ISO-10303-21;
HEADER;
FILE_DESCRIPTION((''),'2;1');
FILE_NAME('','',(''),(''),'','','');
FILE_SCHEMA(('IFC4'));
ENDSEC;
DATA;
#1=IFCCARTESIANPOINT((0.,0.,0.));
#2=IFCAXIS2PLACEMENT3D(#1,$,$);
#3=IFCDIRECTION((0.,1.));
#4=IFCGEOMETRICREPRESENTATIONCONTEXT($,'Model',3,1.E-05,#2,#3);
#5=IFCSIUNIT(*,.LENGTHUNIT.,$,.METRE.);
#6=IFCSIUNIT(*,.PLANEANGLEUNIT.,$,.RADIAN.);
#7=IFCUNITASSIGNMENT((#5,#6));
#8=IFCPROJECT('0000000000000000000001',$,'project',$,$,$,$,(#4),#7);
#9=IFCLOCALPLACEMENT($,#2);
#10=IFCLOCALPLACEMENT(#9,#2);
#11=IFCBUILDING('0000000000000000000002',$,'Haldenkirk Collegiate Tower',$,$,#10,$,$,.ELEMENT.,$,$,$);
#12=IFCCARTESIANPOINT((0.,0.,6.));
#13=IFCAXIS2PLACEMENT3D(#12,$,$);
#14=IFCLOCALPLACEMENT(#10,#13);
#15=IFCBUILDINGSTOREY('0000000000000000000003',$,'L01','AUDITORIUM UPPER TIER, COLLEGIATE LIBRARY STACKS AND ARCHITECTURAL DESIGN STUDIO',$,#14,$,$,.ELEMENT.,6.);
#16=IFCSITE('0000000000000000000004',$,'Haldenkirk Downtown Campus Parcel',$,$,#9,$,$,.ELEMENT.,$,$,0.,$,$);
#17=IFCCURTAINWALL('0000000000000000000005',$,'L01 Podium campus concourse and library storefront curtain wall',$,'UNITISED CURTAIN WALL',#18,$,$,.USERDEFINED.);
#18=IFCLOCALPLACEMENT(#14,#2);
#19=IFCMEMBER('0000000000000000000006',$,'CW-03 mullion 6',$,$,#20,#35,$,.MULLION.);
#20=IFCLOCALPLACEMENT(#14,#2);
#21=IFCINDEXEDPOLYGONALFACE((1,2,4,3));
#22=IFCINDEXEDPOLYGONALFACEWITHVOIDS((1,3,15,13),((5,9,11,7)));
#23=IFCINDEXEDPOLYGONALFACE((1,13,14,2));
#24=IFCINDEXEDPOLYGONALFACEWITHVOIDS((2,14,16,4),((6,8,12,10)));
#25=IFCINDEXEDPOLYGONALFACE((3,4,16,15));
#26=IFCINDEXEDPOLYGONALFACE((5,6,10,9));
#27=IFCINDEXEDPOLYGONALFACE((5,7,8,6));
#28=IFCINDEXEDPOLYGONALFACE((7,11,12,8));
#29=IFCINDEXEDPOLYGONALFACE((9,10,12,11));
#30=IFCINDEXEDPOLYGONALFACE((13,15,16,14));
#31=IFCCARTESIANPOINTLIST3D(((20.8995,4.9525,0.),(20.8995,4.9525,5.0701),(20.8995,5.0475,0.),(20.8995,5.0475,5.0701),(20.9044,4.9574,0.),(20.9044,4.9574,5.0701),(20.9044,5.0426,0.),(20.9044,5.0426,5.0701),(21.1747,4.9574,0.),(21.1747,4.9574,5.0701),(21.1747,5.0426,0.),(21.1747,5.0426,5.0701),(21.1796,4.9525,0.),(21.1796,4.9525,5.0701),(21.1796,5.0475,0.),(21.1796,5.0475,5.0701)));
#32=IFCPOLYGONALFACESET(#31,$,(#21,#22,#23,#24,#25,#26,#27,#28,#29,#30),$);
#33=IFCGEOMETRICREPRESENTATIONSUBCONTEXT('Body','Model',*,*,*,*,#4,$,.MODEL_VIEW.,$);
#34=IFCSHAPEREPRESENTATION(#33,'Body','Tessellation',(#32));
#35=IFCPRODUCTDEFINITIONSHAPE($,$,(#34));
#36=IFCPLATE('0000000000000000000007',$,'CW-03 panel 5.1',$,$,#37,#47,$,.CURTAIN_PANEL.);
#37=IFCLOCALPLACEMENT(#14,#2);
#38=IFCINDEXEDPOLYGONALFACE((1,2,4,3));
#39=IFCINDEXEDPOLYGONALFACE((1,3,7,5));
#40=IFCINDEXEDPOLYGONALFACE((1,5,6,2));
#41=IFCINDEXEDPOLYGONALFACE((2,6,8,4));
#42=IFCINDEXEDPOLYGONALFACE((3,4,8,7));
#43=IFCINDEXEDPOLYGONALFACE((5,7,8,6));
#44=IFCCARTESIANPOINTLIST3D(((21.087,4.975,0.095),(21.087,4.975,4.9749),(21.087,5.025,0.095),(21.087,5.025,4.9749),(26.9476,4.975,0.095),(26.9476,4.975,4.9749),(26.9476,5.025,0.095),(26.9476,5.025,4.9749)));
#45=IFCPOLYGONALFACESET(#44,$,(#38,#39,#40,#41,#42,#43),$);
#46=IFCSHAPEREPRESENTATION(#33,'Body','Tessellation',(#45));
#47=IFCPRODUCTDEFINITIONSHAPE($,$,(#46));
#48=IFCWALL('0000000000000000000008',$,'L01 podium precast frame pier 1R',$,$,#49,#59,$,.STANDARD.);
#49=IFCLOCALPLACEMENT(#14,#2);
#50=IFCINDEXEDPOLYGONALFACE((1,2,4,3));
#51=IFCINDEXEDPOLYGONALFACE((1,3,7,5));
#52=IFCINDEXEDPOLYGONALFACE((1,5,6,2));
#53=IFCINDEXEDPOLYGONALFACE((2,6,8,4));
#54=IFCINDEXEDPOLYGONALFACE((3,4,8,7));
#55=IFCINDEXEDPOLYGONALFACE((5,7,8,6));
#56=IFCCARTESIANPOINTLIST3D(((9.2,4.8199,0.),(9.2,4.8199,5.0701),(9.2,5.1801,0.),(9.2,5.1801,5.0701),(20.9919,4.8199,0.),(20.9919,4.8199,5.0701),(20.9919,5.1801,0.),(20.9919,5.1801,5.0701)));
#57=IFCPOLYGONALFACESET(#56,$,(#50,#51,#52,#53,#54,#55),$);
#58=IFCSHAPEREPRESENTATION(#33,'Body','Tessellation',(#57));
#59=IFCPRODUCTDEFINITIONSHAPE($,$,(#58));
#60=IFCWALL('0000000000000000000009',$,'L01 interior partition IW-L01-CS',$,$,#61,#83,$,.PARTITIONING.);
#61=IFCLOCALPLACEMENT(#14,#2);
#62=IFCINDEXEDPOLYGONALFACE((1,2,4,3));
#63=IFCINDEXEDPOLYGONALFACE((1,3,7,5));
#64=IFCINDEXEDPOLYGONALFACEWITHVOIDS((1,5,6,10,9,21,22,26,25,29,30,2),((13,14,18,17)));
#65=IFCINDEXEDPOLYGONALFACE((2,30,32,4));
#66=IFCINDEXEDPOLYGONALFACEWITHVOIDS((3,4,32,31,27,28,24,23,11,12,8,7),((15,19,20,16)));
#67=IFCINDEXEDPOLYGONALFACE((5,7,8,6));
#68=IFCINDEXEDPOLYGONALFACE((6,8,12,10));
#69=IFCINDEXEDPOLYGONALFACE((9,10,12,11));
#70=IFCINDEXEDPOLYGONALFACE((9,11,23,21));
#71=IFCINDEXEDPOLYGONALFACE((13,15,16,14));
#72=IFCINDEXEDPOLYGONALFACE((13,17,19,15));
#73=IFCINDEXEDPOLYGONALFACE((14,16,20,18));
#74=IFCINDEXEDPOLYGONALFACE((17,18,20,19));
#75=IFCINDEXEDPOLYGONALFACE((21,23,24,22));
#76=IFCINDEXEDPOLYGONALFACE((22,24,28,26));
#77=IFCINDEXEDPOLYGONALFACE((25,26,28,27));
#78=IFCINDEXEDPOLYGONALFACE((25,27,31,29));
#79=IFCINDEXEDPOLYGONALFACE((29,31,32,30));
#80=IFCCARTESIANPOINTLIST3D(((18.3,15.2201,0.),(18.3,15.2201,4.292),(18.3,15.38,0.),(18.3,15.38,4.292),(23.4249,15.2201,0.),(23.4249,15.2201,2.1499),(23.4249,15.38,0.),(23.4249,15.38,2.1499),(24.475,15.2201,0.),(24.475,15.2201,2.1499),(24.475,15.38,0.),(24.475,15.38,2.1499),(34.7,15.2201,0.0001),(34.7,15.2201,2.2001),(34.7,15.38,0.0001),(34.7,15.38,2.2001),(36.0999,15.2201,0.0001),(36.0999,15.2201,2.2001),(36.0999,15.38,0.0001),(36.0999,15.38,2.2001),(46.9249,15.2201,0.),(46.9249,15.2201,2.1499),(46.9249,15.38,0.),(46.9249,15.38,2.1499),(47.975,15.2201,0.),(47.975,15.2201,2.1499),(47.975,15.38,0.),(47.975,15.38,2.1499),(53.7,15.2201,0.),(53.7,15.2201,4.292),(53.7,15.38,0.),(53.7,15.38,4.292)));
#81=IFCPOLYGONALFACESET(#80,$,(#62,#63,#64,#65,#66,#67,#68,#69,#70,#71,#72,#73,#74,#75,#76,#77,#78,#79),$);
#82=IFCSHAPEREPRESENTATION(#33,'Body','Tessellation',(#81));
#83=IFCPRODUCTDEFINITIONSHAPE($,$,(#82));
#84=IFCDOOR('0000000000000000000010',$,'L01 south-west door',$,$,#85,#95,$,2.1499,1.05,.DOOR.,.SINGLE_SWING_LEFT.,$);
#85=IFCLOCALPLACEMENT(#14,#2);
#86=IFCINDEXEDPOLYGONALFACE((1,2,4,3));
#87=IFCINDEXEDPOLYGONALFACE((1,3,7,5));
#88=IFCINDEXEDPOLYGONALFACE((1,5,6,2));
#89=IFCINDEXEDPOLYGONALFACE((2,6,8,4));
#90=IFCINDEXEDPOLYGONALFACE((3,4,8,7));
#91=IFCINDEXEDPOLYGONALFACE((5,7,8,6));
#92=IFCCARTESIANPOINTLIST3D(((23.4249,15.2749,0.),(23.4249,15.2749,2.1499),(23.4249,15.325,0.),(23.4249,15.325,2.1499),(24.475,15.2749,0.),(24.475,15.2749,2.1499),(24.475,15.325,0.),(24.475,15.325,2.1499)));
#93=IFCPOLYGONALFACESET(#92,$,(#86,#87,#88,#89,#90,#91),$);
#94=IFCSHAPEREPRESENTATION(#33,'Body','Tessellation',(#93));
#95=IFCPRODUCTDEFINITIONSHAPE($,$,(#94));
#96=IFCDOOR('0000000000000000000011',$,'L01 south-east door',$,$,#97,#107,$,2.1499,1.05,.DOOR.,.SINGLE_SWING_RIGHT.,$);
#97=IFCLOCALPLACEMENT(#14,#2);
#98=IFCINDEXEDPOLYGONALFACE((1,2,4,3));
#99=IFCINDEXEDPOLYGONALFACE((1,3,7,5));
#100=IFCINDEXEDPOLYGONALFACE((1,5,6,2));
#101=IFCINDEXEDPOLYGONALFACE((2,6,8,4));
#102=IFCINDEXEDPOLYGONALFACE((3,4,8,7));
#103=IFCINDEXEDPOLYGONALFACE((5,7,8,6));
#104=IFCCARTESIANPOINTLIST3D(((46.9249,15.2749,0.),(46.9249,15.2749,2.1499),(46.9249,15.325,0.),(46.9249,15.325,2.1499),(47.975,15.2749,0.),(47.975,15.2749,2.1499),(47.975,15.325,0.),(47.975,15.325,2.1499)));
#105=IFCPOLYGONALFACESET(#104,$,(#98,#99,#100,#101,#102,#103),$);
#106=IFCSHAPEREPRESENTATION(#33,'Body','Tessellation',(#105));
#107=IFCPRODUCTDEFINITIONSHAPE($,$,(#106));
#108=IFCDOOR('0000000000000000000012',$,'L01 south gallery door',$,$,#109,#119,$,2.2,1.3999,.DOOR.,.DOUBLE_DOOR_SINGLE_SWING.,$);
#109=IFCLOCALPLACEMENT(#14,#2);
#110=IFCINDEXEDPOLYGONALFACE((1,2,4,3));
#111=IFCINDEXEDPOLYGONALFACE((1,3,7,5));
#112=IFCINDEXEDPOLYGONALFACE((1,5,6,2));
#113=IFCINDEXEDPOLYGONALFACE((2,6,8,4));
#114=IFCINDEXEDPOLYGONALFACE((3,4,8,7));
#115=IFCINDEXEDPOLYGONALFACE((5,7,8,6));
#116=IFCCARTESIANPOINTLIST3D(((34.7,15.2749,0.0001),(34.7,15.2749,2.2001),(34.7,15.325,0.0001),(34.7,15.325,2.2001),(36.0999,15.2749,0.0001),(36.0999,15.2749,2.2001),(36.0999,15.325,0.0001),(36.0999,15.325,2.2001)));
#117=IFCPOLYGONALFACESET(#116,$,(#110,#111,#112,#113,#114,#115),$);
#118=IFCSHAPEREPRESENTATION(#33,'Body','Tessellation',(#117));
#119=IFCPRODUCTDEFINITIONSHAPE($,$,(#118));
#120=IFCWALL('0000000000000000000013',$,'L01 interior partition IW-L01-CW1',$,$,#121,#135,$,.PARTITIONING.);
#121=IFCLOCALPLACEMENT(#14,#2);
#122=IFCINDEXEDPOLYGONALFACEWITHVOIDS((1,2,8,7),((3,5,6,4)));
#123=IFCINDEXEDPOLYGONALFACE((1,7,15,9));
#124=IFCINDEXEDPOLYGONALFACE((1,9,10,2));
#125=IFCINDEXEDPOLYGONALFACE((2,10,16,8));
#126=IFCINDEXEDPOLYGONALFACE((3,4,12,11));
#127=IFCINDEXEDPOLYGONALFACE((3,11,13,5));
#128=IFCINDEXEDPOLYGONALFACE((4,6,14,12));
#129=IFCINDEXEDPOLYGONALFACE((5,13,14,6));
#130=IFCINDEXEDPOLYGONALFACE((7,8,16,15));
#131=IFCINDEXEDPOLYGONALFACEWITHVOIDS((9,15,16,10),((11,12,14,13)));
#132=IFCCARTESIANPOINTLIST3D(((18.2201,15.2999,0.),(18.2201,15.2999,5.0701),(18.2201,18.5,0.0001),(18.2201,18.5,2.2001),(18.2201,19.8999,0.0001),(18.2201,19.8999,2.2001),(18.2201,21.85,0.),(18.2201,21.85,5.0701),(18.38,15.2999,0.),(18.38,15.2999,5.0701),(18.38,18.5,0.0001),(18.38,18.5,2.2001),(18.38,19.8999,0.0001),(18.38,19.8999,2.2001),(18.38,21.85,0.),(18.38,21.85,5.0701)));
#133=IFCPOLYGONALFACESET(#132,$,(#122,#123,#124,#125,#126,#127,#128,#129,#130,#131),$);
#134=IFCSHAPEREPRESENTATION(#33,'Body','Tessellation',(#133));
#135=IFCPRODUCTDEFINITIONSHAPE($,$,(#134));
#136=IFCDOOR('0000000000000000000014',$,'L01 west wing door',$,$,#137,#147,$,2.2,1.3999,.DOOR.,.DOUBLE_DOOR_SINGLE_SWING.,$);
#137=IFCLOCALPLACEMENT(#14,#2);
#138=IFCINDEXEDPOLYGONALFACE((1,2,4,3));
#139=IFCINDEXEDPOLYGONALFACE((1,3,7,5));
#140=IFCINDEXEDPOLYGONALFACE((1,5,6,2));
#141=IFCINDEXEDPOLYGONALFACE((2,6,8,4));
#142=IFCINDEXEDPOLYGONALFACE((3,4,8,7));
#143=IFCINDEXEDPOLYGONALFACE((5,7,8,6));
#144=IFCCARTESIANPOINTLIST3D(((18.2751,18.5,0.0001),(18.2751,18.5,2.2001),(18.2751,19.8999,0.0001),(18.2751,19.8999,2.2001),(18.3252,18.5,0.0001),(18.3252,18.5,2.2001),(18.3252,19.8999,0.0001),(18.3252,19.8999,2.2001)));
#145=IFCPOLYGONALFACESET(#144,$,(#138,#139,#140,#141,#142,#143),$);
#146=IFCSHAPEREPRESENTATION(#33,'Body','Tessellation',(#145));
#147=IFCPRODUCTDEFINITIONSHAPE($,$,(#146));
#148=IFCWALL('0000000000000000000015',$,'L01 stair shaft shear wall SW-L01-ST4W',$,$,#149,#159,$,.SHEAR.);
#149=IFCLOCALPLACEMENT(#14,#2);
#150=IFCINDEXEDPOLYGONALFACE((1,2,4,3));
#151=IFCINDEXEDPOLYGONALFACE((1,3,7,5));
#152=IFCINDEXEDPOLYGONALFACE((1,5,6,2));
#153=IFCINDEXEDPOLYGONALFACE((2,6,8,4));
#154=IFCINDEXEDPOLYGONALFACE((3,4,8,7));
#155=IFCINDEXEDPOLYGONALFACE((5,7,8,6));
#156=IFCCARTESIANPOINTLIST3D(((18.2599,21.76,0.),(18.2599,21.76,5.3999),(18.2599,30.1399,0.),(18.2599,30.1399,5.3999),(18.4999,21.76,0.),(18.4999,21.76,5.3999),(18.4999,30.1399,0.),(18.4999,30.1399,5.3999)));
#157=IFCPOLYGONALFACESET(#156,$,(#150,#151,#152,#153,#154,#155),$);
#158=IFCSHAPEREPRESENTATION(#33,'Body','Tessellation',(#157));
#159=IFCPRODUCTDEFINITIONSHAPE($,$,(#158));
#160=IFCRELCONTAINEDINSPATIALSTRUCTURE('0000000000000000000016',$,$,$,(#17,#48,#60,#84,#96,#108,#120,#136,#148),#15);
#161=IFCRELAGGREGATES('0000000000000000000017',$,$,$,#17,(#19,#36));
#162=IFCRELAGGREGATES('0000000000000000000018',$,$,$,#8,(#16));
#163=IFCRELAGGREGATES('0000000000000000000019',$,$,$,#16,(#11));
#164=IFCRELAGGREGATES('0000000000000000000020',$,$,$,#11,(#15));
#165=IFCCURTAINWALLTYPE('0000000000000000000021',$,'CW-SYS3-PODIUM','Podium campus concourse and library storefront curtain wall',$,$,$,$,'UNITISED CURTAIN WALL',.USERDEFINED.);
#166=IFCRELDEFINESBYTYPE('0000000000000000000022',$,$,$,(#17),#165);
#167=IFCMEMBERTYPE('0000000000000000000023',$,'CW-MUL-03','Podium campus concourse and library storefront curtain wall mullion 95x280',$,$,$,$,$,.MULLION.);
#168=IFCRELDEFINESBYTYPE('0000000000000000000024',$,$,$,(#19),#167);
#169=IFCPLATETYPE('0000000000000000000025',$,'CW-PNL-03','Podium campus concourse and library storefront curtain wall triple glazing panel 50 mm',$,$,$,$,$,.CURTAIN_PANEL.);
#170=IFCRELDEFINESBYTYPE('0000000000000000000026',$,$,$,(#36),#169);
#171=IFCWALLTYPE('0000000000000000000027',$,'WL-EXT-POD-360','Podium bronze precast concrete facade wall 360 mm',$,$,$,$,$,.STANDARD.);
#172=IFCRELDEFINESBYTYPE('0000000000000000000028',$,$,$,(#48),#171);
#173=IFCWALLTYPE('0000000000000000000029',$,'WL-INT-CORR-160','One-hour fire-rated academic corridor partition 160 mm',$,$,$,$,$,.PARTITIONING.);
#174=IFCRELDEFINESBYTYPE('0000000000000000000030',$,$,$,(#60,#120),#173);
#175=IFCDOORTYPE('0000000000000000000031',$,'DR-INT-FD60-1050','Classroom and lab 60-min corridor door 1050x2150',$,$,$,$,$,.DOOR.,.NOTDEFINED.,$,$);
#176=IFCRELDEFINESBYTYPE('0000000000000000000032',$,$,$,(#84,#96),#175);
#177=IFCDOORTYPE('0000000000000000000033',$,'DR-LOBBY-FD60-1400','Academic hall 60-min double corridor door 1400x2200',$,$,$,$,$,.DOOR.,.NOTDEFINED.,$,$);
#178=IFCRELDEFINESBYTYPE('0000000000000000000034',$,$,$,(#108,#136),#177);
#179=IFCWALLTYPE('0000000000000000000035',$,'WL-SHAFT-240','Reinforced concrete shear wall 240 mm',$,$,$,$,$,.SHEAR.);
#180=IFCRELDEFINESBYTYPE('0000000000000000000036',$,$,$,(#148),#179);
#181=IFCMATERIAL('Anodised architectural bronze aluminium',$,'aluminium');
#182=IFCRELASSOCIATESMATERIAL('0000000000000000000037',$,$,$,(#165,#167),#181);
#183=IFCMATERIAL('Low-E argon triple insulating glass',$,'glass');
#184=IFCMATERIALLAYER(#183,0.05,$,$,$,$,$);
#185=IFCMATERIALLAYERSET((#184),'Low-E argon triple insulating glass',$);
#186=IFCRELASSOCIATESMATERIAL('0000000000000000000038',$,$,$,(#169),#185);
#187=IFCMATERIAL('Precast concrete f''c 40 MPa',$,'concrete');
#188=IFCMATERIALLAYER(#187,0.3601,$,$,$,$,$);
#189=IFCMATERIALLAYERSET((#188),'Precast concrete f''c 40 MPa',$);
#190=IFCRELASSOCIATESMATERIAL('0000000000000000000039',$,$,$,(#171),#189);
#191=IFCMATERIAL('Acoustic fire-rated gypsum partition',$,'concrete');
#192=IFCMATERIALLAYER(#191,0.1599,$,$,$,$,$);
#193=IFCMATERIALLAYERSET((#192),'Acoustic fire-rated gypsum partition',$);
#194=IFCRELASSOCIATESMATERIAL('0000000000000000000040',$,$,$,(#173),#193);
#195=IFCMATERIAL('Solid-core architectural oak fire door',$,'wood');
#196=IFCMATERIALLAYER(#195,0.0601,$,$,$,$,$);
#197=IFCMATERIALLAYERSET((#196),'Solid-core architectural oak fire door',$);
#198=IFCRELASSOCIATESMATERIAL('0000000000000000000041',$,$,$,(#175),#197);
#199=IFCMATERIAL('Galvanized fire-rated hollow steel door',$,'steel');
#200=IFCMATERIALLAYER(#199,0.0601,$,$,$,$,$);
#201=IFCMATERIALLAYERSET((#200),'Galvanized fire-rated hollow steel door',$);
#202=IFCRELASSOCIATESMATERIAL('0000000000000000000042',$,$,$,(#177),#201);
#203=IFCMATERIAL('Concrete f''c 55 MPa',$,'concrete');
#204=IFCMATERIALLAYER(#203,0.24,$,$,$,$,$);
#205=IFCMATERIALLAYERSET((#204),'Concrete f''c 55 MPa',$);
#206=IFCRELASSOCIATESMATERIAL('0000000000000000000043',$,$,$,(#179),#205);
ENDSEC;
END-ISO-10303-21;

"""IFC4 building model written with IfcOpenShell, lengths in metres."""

from ifc_helpers import new_model, si_unit, direction, frame, frame_2d, origin, origin_2d, place, context, subcontext, project, spatial, rectangle, hollow_rectangle, extrude, source, transform, mapped, material, layer, layer_set, material_profile, profile_set, type_object, element, fill, aggregate, save


model = new_model("IFC4")

# Units and contexts
model_context = context("Model", 3, precision=1e-05, world=origin(), true_north=direction((0.0, 1.0)))
body_context = subcontext(model_context, "Body", "Model", "MODEL_VIEW")
ifc_project = project(units=[si_unit("LENGTHUNIT", "METRE"), si_unit("PLANEANGLEUNIT", "RADIAN")], contexts=[model_context])

# Site, building, storey
site_placement = place(None, origin())
site = spatial("IfcSite", under=ifc_project, at=site_placement, Name="Haldenkirk Downtown Campus Parcel", CompositionType="ELEMENT", RefElevation=0.0)
building_placement = place(site_placement, origin())
building = spatial("IfcBuilding", under=site, at=building_placement, Name="Haldenkirk Collegiate Tower", CompositionType="ELEMENT")
storey_placement = place(building_placement, frame((0.0, 0.0, 6.0)))
storey = spatial("IfcBuildingStorey", under=building, at=storey_placement, Name="L01", Description="AUDITORIUM UPPER TIER, COLLEGIATE LIBRARY STACKS AND ARCHITECTURAL DESIGN STUDIO", CompositionType="ELEMENT", Elevation=6.0)

# Curtain wall, member, plate
ifc_material_1 = material(Name="Anodised architectural bronze aluminium", Category="aluminium")
curtain_wall_type = type_object("IfcCurtainWallType", Name="CW-SYS3-PODIUM", Description="Podium campus concourse and library storefront curtain wall", ElementType="UNITISED CURTAIN WALL", PredefinedType="USERDEFINED", material=ifc_material_1)
curtain_wall_placement = place(storey_placement, origin())
curtain_wall = element("IfcCurtainWall", 1, at=curtain_wall_placement, inside=storey, type_object=curtain_wall_type, Name="L01 Podium campus concourse and library storefront curtain wall", ObjectType="UNITISED CURTAIN WALL", PredefinedType="USERDEFINED")
ifc_material_profile_1 = material_profile(ifc_material_1, hollow_rectangle(XDim=0.095, YDim=0.28, WallThickness=0.0049, at=origin_2d()), Name="CW-MUL-03")
ifc_profile_set_1 = profile_set([ifc_material_profile_1], Name="Anodised architectural bronze aluminium")
member_type = type_object("IfcMemberType", Name="CW-MUL-03", Description="Podium campus concourse and library storefront curtain wall mullion 95x280", PredefinedType="MULLION", material=ifc_profile_set_1)
member_placement = place(storey_placement, frame((21.0396, 5.0, 0.0), z_axis=(0.0, 0.0, 1.0), x_axis=(0.0, -1.0, 0.0)))
member = element("IfcMember", 2, at=member_placement, type_object=member_type, Name="CW-03 mullion 6", PredefinedType="MULLION", context=body_context, shape_type="SweptSolid", body=[
    extrude(hollow_rectangle(XDim=0.095, YDim=0.28, WallThickness=0.0049, at=origin_2d()), origin(), (0.0, 0.0, 1.0), 5.0701),
])
ifc_material_2 = material(Name="Low-E argon triple insulating glass", Category="glass")
ifc_layer_1 = layer(ifc_material_2, 0.05)
ifc_layer_set_1 = layer_set([ifc_layer_1], Name="Low-E argon triple insulating glass")
plate_type = type_object("IfcPlateType", Name="CW-PNL-03", Description="Podium campus concourse and library storefront curtain wall triple glazing panel 50 mm", PredefinedType="CURTAIN_PANEL", material=ifc_layer_set_1)
shared_shape_1 = source(origin(), body_context, "Body", "SweptSolid", [
    extrude(rectangle(XDim=5.8606, YDim=0.05, at=origin_2d()), origin(), (0.0, 0.0, 1.0), 4.8799),
])
plate_placement = place(storey_placement, frame((24.0173, 5.0, 0.095), z_axis=(0.0, 0.0, 1.0), x_axis=(-1.0, 0.0, 0.0)))
plate = element("IfcPlate", 3, at=plate_placement, type_object=plate_type, Name="CW-03 panel 5.1", PredefinedType="CURTAIN_PANEL", context=body_context, shape_type="MappedRepresentation", body=[
    mapped(shared_shape_1, transform((0.0, 0.0, 0.0), x_axis=(1.0, 0.0, 0.0), y_axis=(0.0, 1.0, 0.0), z_axis=(0.0, 0.0, 1.0), scale=1.0)),
])
aggregate(curtain_wall, [member, plate])

# Shared definitions
ifc_material_3 = material(Name="Galvanized fire-rated hollow steel door", Category="steel")

# Wall
ifc_material_4 = material(Name="Precast concrete f'c 40 MPa", Category="concrete")
ifc_layer_2 = layer(ifc_material_4, 0.3601)
ifc_layer_set_2 = layer_set([ifc_layer_2], Name="Precast concrete f'c 40 MPa")
wall_type_1 = type_object("IfcWallType", Name="WL-EXT-POD-360", Description="Podium bronze precast concrete facade wall 360 mm", PredefinedType="STANDARD", material=ifc_layer_set_2)
wall_1_placement = place(storey_placement, frame((20.9919, 5.0, 0.0), z_axis=(0.0, 0.0, 1.0), x_axis=(-1.0, 0.0, 0.0)))
element("IfcWall", 4, at=wall_1_placement, inside=storey, type_object=wall_type_1, Name="L01 podium precast frame pier 1R", PredefinedType="STANDARD", context=body_context, shape_type="SweptSolid", body=[
    extrude(rectangle(XDim=11.792, YDim=0.3601, at=frame_2d((5.896, 0.0))), origin(), (0.0, 0.0, 1.0), 5.0701),
])

# Wall, openings, doors
ifc_material_5 = material(Name="Acoustic fire-rated gypsum partition", Category="concrete")
ifc_layer_3 = layer(ifc_material_5, 0.1599)
ifc_layer_set_3 = layer_set([ifc_layer_3], Name="Acoustic fire-rated gypsum partition")
wall_type_2 = type_object("IfcWallType", Name="WL-INT-CORR-160", Description="One-hour fire-rated academic corridor partition 160 mm", PredefinedType="PARTITIONING", material=ifc_layer_set_3)
wall_2_placement = place(storey_placement, frame((18.3, 15.3, 0.0), z_axis=(0.0, 0.0, 1.0), x_axis=(1.0, 0.0, 0.0)))
wall_2 = element("IfcWall", 5, at=wall_2_placement, inside=storey, type_object=wall_type_2, Name="L01 interior partition IW-L01-CS", PredefinedType="PARTITIONING", context=body_context, shape_type="SweptSolid", body=[
    extrude(rectangle(XDim=35.3999, YDim=0.1599, at=frame_2d((17.7, 0.0))), origin(), (0.0, 0.0, 1.0), 4.292),
])
opening_1_placement = place(wall_2_placement, frame((5.125, 0.0, 0.0)))
opening_1 = element("IfcOpeningElement", 6, at=opening_1_placement, cuts=wall_2, PredefinedType="OPENING", context=body_context, shape_type="SweptSolid", body=[
    extrude(rectangle(XDim=1.05, YDim=2.1499, at=frame_2d((0.5249, 1.075))), frame((0.0, 0.0898, 0.0), z_axis=(0.0, -1.0, 0.0), x_axis=(1.0, 0.0, 0.0)), (0.0, 0.0, 1.0), 0.1799),
])
opening_2_placement = place(wall_2_placement, frame((16.3999, 0.0, 0.0)))
opening_2 = element("IfcOpeningElement", 7, at=opening_2_placement, cuts=wall_2, PredefinedType="OPENING", context=body_context, shape_type="SweptSolid", body=[
    extrude(rectangle(XDim=1.3999, YDim=2.2, at=frame_2d((0.7, 1.1001))), frame((0.0, 0.0898, 0.0), z_axis=(0.0, -1.0, 0.0), x_axis=(1.0, 0.0, 0.0)), (0.0, 0.0, 1.0), 0.1799),
])
opening_3_placement = place(wall_2_placement, frame((28.625, 0.0, 0.0)))
opening_3 = element("IfcOpeningElement", 8, at=opening_3_placement, cuts=wall_2, PredefinedType="OPENING", context=body_context, shape_type="SweptSolid", body=[
    extrude(rectangle(XDim=1.05, YDim=2.1499, at=frame_2d((0.5249, 1.075))), frame((0.0, 0.0898, 0.0), z_axis=(0.0, -1.0, 0.0), x_axis=(1.0, 0.0, 0.0)), (0.0, 0.0, 1.0), 0.1799),
])
ifc_material_6 = material(Name="Solid-core architectural oak fire door", Category="wood")
ifc_layer_4 = layer(ifc_material_6, 0.0601)
ifc_layer_set_4 = layer_set([ifc_layer_4], Name="Solid-core architectural oak fire door")
door_type_1 = type_object("IfcDoorType", Name="DR-INT-FD60-1050", Description="Classroom and lab 60-min corridor door 1050x2150", OperationType="NOTDEFINED", PredefinedType="DOOR", material=ifc_layer_set_4)
door_1_placement = place(opening_1_placement, origin())
door_1 = element("IfcDoor", 9, at=door_1_placement, inside=storey, type_object=door_type_1, Name="L01 south-west door", OperationType="SINGLE_SWING_LEFT", OverallHeight=2.1499, OverallWidth=1.05, PredefinedType="DOOR", context=body_context, shape_type="SweptSolid", body=[
    extrude(rectangle(XDim=1.05, YDim=2.1499, at=frame_2d((0.5249, 1.075))), frame((0.0, 0.0249, 0.0), z_axis=(0.0, -1.0, 0.0), x_axis=(1.0, 0.0, 0.0)), (0.0, 0.0, 1.0), 0.05),
])
fill(opening_1, door_1)
door_2_placement = place(opening_3_placement, origin())
door_2 = element("IfcDoor", 10, at=door_2_placement, inside=storey, type_object=door_type_1, Name="L01 south-east door", OperationType="SINGLE_SWING_RIGHT", OverallHeight=2.1499, OverallWidth=1.05, PredefinedType="DOOR", context=body_context, shape_type="SweptSolid", body=[
    extrude(rectangle(XDim=1.05, YDim=2.1499, at=frame_2d((0.5249, 1.075))), frame((0.0, 0.0249, 0.0), z_axis=(0.0, -1.0, 0.0), x_axis=(1.0, 0.0, 0.0)), (0.0, 0.0, 1.0), 0.05),
])
fill(opening_3, door_2)
ifc_layer_5 = layer(ifc_material_3, 0.0601)
ifc_layer_set_5 = layer_set([ifc_layer_5], Name="Galvanized fire-rated hollow steel door")
door_type_2 = type_object("IfcDoorType", Name="DR-LOBBY-FD60-1400", Description="Academic hall 60-min double corridor door 1400x2200", OperationType="NOTDEFINED", PredefinedType="DOOR", material=ifc_layer_set_5)
door_3_placement = place(opening_2_placement, origin())
door_3 = element("IfcDoor", 11, at=door_3_placement, inside=storey, type_object=door_type_2, Name="L01 south gallery door", OperationType="DOUBLE_DOOR_SINGLE_SWING", OverallHeight=2.2, OverallWidth=1.3999, PredefinedType="DOOR", context=body_context, shape_type="SweptSolid", body=[
    extrude(rectangle(XDim=1.3999, YDim=2.2, at=frame_2d((0.7, 1.1001))), frame((0.0, 0.0249, 0.0), z_axis=(0.0, -1.0, 0.0), x_axis=(1.0, 0.0, 0.0)), (0.0, 0.0, 1.0), 0.05),
])
fill(opening_2, door_3)

# Wall, opening, door
wall_3_placement = place(storey_placement, frame((18.3, 15.3, 0.0), z_axis=(0.0, 0.0, 1.0), x_axis=(0.0, 1.0, 0.0)))
wall_3 = element("IfcWall", 12, at=wall_3_placement, inside=storey, type_object=wall_type_2, Name="L01 interior partition IW-L01-CW1", PredefinedType="PARTITIONING", context=body_context, shape_type="SweptSolid", body=[
    extrude(rectangle(XDim=6.55, YDim=0.1599, at=frame_2d((3.2749, 0.0))), origin(), (0.0, 0.0, 1.0), 5.0701),
])
opening_4_placement = place(wall_3_placement, frame((3.2, 0.0, 0.0)))
opening_4 = element("IfcOpeningElement", 13, at=opening_4_placement, cuts=wall_3, PredefinedType="OPENING", context=body_context, shape_type="SweptSolid", body=[
    extrude(rectangle(XDim=1.3999, YDim=2.2, at=frame_2d((0.7, 1.1001))), frame((0.0, 0.0898, 0.0), z_axis=(0.0, -1.0, 0.0), x_axis=(1.0, 0.0, 0.0)), (0.0, 0.0, 1.0), 0.1799),
])
door_4_placement = place(opening_4_placement, origin())
door_4 = element("IfcDoor", 14, at=door_4_placement, inside=storey, type_object=door_type_2, Name="L01 west wing door", OperationType="DOUBLE_DOOR_SINGLE_SWING", OverallHeight=2.2, OverallWidth=1.3999, PredefinedType="DOOR", context=body_context, shape_type="SweptSolid", body=[
    extrude(rectangle(XDim=1.3999, YDim=2.2, at=frame_2d((0.7, 1.1001))), frame((0.0, 0.0249, 0.0), z_axis=(0.0, -1.0, 0.0), x_axis=(1.0, 0.0, 0.0)), (0.0, 0.0, 1.0), 0.05),
])
fill(opening_4, door_4)

# Wall
ifc_material_7 = material(Name="Concrete f'c 55 MPa", Category="concrete")
ifc_layer_6 = layer(ifc_material_7, 0.24)
ifc_layer_set_6 = layer_set([ifc_layer_6], Name="Concrete f'c 55 MPa")
wall_type_3 = type_object("IfcWallType", Name="WL-SHAFT-240", Description="Reinforced concrete shear wall 240 mm", PredefinedType="SHEAR", material=ifc_layer_set_6)
wall_4_placement = place(storey_placement, frame((18.3799, 21.76, 0.0), z_axis=(0.0, 0.0, 1.0), x_axis=(0.0, 1.0, 0.0)))
element("IfcWall", 15, at=wall_4_placement, inside=storey, type_object=wall_type_3, Name="L01 stair shaft shear wall SW-L01-ST4W", PredefinedType="SHEAR", context=body_context, shape_type="SweptSolid", body=[
    extrude(rectangle(XDim=8.3799, YDim=0.24, at=frame_2d((4.1899, 0.0))), origin(), (0.0, 0.0, 1.0), 5.3999),
])

save(model, "model.ifc")
